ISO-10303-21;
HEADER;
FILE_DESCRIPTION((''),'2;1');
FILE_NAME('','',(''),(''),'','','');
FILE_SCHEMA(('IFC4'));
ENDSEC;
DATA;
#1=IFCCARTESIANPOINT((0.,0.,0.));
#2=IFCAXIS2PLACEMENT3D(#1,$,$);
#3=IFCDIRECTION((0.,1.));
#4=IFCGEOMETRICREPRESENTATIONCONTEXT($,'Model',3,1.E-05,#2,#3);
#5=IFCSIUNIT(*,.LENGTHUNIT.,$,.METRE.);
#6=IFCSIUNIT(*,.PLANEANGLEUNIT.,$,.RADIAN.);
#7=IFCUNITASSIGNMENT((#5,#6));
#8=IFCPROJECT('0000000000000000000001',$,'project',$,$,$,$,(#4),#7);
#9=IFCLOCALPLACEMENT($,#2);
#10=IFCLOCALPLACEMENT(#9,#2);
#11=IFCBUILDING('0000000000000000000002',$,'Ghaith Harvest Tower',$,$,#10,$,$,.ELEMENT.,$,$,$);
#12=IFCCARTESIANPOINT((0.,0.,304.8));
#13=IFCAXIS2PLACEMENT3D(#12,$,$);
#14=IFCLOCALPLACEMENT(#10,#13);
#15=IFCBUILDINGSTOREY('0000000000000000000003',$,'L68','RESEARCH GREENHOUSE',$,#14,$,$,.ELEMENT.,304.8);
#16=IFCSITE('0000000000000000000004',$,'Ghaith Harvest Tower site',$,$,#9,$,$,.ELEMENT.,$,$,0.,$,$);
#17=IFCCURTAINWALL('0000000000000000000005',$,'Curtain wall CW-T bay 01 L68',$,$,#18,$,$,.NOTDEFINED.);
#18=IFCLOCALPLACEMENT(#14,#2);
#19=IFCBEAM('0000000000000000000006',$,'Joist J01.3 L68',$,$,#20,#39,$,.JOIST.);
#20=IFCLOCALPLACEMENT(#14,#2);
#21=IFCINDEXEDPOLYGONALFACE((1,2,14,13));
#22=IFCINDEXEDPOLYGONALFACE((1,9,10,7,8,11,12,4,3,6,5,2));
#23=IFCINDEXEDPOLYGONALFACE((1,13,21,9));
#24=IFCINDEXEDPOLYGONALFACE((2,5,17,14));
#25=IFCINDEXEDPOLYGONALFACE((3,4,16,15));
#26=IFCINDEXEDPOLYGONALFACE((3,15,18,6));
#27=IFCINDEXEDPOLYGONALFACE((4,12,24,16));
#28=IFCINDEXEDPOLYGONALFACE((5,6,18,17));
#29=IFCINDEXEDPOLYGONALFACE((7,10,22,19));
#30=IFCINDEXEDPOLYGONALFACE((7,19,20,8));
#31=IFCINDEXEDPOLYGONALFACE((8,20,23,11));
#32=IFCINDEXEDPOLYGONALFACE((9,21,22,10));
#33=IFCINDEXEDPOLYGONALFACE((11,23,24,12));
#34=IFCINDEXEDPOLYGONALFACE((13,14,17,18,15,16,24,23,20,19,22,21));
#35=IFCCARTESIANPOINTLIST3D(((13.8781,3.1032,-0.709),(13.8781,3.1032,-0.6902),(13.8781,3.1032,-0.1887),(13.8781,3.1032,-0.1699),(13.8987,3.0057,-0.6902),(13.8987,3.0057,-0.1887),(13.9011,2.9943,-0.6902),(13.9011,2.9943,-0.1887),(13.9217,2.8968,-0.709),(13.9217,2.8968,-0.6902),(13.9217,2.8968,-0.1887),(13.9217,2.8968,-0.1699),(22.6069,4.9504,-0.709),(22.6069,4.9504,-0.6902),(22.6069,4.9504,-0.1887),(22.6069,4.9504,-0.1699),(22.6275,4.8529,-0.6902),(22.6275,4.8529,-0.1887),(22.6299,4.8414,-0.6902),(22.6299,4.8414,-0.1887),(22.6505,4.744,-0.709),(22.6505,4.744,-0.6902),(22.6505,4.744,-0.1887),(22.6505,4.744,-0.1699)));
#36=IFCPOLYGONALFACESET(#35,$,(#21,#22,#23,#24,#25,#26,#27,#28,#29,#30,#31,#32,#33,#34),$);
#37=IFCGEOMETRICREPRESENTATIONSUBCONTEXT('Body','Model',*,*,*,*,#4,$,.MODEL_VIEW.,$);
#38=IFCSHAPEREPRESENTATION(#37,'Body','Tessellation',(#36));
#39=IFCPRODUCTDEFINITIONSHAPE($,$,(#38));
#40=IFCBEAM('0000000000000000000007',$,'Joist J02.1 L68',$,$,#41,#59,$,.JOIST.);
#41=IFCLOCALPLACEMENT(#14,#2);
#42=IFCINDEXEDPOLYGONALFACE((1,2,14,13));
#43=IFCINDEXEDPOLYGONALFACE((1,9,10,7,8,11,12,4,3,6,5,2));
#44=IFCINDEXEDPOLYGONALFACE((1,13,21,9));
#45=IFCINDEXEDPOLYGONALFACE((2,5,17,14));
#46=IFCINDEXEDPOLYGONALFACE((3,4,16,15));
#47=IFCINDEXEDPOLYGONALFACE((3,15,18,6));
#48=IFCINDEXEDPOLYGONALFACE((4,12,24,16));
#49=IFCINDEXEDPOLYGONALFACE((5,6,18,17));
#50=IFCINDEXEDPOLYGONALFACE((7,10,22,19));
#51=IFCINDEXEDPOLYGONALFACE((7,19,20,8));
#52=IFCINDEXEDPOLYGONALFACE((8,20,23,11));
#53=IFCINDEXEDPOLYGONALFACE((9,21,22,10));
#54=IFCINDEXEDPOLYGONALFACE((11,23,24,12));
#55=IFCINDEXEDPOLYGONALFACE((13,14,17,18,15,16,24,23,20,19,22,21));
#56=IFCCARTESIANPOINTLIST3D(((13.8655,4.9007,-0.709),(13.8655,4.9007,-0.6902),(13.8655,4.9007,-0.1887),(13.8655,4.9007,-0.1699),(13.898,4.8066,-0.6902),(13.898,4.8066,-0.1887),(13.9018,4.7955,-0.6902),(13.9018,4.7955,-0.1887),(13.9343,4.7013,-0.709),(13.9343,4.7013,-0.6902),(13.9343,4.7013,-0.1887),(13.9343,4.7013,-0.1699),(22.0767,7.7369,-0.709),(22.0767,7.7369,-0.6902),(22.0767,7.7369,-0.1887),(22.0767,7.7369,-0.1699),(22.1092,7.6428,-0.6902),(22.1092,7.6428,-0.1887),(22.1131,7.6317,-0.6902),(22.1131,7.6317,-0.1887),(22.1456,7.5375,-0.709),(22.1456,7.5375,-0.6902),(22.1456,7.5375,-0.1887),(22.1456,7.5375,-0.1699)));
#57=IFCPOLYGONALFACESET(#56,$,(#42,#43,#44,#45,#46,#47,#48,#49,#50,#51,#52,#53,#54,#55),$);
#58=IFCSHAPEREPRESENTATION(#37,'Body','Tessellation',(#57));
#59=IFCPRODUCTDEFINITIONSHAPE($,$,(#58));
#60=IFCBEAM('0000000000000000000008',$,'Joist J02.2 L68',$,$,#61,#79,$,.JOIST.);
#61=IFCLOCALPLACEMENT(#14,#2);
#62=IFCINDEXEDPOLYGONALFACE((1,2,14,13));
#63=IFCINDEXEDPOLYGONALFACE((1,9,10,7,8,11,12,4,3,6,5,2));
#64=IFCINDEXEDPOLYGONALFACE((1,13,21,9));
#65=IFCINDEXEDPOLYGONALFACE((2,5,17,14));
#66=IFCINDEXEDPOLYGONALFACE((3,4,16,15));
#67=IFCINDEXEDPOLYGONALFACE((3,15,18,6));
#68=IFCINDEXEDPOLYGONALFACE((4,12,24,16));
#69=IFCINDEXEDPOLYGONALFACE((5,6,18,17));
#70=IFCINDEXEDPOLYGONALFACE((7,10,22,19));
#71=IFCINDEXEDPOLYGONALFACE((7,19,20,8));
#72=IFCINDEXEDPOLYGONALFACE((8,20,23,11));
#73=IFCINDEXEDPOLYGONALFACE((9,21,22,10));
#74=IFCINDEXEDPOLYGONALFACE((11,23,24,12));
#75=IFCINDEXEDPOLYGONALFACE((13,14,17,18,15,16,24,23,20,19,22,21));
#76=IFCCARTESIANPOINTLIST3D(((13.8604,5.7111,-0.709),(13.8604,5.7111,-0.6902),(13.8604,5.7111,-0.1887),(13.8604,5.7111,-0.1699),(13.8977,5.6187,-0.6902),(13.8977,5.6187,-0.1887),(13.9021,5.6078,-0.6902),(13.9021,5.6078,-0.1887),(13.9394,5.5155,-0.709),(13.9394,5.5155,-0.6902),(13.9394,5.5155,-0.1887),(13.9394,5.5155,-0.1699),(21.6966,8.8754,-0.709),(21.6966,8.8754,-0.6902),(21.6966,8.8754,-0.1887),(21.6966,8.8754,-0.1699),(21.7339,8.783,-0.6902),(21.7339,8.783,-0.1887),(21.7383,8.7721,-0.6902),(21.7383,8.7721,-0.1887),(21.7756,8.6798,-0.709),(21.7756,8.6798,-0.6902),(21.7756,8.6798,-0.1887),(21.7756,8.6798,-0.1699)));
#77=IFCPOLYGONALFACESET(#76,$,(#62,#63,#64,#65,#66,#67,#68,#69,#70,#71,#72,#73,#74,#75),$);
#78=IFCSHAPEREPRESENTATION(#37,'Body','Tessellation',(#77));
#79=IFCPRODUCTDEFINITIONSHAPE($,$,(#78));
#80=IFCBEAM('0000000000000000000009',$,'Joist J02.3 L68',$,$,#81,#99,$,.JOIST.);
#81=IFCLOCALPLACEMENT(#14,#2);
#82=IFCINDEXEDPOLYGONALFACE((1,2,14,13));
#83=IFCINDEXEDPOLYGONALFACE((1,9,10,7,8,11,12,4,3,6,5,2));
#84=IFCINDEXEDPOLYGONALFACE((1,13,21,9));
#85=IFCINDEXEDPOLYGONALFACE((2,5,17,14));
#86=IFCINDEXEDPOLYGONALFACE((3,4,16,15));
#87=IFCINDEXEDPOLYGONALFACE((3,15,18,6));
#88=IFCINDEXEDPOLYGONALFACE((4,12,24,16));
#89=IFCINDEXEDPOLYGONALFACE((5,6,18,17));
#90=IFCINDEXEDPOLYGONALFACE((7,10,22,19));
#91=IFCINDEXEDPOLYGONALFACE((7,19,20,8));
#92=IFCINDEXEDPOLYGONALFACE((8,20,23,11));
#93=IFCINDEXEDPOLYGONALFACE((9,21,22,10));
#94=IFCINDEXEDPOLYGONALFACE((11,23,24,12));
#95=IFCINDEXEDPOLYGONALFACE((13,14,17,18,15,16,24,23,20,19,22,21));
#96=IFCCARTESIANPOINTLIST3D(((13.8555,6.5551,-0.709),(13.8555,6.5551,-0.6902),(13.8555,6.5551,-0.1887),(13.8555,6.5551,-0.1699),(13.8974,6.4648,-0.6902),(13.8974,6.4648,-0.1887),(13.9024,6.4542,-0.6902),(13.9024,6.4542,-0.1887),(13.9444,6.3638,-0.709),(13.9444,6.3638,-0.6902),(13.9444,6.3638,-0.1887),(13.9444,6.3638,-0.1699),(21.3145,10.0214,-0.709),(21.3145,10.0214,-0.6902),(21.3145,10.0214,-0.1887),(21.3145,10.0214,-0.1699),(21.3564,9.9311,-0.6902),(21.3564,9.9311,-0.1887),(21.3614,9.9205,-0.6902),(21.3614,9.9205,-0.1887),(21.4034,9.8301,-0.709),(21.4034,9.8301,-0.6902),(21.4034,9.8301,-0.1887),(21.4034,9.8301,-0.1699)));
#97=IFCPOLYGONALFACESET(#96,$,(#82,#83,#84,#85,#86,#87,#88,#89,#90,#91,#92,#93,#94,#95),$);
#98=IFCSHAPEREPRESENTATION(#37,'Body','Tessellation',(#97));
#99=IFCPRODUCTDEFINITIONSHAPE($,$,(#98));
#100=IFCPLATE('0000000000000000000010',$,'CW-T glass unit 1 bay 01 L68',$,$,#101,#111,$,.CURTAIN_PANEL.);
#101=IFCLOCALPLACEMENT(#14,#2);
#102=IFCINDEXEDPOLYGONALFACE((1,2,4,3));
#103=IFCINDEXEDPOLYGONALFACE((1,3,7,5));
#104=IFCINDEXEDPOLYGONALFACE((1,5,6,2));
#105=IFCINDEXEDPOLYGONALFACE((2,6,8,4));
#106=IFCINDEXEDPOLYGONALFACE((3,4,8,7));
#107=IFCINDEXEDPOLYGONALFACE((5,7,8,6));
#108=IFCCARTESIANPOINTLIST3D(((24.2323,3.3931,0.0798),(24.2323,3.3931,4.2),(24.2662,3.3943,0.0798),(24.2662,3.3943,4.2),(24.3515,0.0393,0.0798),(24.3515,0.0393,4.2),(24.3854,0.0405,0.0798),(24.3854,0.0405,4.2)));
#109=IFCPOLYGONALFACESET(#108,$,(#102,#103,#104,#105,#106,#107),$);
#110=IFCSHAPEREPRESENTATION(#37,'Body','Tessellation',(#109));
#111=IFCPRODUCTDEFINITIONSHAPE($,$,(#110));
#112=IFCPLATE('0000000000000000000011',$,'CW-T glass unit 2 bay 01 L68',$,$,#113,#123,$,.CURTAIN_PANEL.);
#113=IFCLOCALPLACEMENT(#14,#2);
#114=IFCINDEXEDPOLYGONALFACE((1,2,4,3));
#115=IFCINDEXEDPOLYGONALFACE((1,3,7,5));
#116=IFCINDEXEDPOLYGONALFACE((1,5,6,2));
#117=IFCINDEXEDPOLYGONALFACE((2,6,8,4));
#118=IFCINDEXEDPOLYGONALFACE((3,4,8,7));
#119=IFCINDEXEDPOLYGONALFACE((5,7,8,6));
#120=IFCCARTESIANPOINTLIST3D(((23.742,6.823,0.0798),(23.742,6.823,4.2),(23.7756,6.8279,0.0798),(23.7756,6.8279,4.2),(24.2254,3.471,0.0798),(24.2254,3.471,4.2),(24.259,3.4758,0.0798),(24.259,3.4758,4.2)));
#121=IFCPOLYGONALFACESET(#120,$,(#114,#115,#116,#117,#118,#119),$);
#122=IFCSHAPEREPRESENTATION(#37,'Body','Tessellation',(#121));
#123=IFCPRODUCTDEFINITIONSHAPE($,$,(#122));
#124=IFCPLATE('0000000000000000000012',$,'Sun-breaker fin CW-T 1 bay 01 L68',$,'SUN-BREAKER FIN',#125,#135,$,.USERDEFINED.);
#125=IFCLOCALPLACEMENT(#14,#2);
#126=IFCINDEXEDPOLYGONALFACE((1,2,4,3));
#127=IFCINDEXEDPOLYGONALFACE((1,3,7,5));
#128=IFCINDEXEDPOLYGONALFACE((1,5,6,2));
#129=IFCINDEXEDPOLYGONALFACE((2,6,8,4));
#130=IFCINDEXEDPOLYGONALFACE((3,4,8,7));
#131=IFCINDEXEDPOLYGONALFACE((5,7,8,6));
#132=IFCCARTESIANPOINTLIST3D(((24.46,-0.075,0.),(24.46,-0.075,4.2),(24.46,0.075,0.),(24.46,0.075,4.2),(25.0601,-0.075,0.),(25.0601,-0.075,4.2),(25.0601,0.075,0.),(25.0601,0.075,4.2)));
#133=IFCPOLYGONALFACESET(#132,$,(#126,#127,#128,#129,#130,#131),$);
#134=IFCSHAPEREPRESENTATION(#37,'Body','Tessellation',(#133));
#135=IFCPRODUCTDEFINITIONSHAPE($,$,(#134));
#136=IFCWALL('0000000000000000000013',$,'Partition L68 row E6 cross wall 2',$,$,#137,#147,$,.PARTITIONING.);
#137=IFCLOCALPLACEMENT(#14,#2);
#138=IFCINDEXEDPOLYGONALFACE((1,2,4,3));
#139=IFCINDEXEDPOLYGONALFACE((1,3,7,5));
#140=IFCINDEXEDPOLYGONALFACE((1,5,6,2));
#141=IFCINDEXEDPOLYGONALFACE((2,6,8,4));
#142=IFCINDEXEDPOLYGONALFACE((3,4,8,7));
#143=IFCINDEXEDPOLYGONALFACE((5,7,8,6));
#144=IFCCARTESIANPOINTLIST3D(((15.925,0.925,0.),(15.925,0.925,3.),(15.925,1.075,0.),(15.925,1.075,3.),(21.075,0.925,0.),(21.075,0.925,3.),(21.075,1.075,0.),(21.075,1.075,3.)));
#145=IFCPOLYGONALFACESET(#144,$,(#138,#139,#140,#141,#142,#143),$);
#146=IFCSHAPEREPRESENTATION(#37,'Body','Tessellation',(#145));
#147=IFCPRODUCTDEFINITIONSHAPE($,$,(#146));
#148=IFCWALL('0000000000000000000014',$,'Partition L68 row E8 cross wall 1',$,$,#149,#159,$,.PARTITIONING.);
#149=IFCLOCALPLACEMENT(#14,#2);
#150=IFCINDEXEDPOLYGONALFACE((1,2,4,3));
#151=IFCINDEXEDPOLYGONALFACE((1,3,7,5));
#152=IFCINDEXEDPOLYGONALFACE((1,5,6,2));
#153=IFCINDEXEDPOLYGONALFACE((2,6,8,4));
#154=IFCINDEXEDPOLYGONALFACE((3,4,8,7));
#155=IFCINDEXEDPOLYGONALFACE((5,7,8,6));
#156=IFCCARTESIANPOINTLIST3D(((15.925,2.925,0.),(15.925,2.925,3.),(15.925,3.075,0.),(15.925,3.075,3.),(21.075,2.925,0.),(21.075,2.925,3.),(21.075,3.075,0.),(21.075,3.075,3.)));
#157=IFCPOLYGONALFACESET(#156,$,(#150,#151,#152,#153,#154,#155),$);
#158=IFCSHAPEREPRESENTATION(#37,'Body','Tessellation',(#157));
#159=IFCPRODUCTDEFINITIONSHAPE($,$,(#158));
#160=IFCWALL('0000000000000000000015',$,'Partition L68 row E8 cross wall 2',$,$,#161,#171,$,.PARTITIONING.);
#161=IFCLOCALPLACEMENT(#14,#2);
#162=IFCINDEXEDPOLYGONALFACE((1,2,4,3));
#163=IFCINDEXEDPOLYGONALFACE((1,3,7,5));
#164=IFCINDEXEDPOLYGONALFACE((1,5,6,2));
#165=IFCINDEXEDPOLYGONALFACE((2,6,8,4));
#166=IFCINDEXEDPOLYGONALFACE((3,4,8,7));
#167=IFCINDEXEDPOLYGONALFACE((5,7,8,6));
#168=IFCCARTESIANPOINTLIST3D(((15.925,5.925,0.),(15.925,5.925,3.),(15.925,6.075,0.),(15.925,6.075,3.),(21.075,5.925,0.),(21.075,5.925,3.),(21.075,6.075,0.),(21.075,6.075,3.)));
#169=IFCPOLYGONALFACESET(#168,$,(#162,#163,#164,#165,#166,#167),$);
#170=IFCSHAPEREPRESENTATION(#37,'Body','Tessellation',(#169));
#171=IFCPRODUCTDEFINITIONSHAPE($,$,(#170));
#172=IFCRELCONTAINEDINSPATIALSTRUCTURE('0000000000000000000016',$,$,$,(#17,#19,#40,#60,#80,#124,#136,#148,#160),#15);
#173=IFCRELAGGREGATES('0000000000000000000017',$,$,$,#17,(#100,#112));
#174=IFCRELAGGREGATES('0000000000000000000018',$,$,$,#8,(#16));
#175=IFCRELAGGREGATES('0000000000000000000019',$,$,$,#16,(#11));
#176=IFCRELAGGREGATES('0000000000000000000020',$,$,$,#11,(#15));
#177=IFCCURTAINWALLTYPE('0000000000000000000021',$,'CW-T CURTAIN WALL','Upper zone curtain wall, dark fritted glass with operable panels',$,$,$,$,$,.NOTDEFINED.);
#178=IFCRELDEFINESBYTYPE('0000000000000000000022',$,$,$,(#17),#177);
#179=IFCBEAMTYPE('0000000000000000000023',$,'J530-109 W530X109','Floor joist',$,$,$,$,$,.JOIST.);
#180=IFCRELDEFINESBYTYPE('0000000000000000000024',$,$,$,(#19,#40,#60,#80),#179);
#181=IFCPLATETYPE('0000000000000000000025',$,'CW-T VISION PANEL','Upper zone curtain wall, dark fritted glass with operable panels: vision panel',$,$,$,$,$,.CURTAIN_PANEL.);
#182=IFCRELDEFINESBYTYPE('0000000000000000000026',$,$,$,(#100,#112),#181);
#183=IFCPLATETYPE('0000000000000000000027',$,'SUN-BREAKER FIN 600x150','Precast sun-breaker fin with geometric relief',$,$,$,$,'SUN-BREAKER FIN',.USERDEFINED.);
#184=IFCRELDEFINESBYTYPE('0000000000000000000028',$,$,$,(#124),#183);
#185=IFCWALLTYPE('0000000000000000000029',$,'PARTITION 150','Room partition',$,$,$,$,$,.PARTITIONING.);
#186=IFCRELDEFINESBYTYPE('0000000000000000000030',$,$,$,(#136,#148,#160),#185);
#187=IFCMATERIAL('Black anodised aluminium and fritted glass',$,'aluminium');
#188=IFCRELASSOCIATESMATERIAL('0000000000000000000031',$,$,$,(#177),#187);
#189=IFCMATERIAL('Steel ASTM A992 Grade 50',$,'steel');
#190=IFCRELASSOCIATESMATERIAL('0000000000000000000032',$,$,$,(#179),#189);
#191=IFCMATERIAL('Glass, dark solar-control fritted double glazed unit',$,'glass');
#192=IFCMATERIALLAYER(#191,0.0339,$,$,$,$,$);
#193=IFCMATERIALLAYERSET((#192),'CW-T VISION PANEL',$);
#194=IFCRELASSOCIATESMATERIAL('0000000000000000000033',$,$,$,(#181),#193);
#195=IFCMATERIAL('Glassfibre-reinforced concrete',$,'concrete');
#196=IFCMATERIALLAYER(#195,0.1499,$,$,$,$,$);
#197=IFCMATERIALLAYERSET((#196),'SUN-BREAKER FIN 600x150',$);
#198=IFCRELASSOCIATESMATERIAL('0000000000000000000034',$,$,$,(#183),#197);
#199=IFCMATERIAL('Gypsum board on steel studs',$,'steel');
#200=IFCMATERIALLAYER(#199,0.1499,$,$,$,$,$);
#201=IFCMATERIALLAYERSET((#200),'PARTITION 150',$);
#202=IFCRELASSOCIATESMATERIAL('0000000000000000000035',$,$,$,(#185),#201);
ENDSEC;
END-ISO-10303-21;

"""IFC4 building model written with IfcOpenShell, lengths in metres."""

from ifc_helpers import new_model, si_unit, direction, frame, frame_2d, origin, origin_2d, place, context, subcontext, project, spatial, rectangle, i_section, extrude, material, layer, layer_set, material_profile, profile_set, type_object, element, aggregate, save


model = new_model("IFC4")

# Units and contexts
model_context = context("Model", 3, precision=1e-05, world=origin(), true_north=direction((0.0, 1.0)))
body_context = subcontext(model_context, "Body", "Model", "MODEL_VIEW")
ifc_project = project(units=[si_unit("LENGTHUNIT", "METRE"), si_unit("PLANEANGLEUNIT", "RADIAN")], contexts=[model_context])

# Site, building, storey
site_placement = place(None, origin())
site = spatial("IfcSite", under=ifc_project, at=site_placement, Name="Ghaith Harvest Tower site", CompositionType="ELEMENT", RefElevation=0.0)
building_placement = place(site_placement, origin())
building = spatial("IfcBuilding", under=site, at=building_placement, Name="Ghaith Harvest Tower", CompositionType="ELEMENT")
storey_placement = place(building_placement, frame((0.0, 0.0, 304.8)))
storey = spatial("IfcBuildingStorey", under=building, at=storey_placement, Name="L68", Description="RESEARCH GREENHOUSE", CompositionType="ELEMENT", Elevation=304.8)

# Curtain wall
ifc_material_1 = material(Name="Black anodised aluminium and fritted glass", Category="aluminium")
curtain_wall_type = type_object("IfcCurtainWallType", Name="CW-T CURTAIN WALL", Description="Upper zone curtain wall, dark fritted glass with operable panels", PredefinedType="NOTDEFINED", material=ifc_material_1)
curtain_wall_placement = place(storey_placement, origin())
curtain_wall = element("IfcCurtainWall", 1, at=curtain_wall_placement, inside=storey, type_object=curtain_wall_type, Name="Curtain wall CW-T bay 01 L68", PredefinedType="NOTDEFINED")

# Beams
ifc_material_2 = material(Name="Steel ASTM A992 Grade 50", Category="steel")
ifc_material_profile_1 = material_profile(ifc_material_2, i_section(OverallWidth=0.2109, OverallDepth=0.5391, WebThickness=0.0117, FlangeThickness=0.0188, at=origin_2d()), Name="W530X109")
ifc_profile_set_1 = profile_set([ifc_material_profile_1], Name="Steel ASTM A992 Grade 50")
beam_type_1 = type_object("IfcBeamType", Name="J530-109 W530X109", Description="Floor joist", PredefinedType="JOIST", material=ifc_profile_set_1)
beam_1_placement = place(storey_placement, frame((13.8999, 3.0, -0.4395), z_axis=(0.978334, 0.207034, 0.0), x_axis=(-0.207034, 0.978334, 0.0)))
element("IfcBeam", 2, at=beam_1_placement, inside=storey, type_object=beam_type_1, Name="Joist J01.3 L68", PredefinedType="JOIST", context=body_context, shape_type="SweptSolid", body=[
    extrude(i_section(OverallWidth=0.2109, OverallDepth=0.5391, WebThickness=0.0117, FlangeThickness=0.0188, at=origin_2d()), origin(), (0.0, 0.0, 1.0), 8.9221),
])
beam_2_placement = place(storey_placement, frame((13.8999, 4.801, -0.4395), z_axis=(0.945205, 0.326478, 0.0), x_axis=(-0.326478, 0.945205, 0.0)))
element("IfcBeam", 3, at=beam_2_placement, inside=storey, type_object=beam_type_1, Name="Joist J02.1 L68", PredefinedType="JOIST", context=body_context, shape_type="SweptSolid", body=[
    extrude(i_section(OverallWidth=0.2109, OverallDepth=0.5391, WebThickness=0.0117, FlangeThickness=0.0188, at=origin_2d()), origin(), (0.0, 0.0, 1.0), 8.6873),
])
beam_3_placement = place(storey_placement, frame((13.8999, 5.6133, -0.4395), z_axis=(0.927254, 0.374432, 0.0), x_axis=(-0.374432, 0.927254, 0.0)))
element("IfcBeam", 4, at=beam_3_placement, inside=storey, type_object=beam_type_1, Name="Joist J02.2 L68", PredefinedType="JOIST", context=body_context, shape_type="SweptSolid", body=[
    extrude(i_section(OverallWidth=0.2109, OverallDepth=0.5391, WebThickness=0.0117, FlangeThickness=0.0188, at=origin_2d()), origin(), (0.0, 0.0, 1.0), 8.4509),
])
beam_4_placement = place(storey_placement, frame((13.8999, 6.4595, -0.4395), z_axis=(0.90686, 0.421432, 0.0), x_axis=(-0.421432, 0.90686, 0.0)))
element("IfcBeam", 5, at=beam_4_placement, inside=storey, type_object=beam_type_1, Name="Joist J02.3 L68", PredefinedType="JOIST", context=body_context, shape_type="SweptSolid", body=[
    extrude(i_section(OverallWidth=0.2109, OverallDepth=0.5391, WebThickness=0.0117, FlangeThickness=0.0188, at=origin_2d()), origin(), (0.0, 0.0, 1.0), 8.2251),
])

# Plates
ifc_material_3 = material(Name="Glass, dark solar-control fritted double glazed unit", Category="glass")
ifc_layer_1 = layer(ifc_material_3, 0.0339)
ifc_layer_set_1 = layer_set([ifc_layer_1], Name="CW-T VISION PANEL")
plate_type_1 = type_object("IfcPlateType", Name="CW-T VISION PANEL", Description="Upper zone curtain wall, dark fritted glass with operable panels: vision panel", PredefinedType="CURTAIN_PANEL", material=ifc_layer_set_1)
plate_1_placement = place(storey_placement, frame((24.3088, 1.7168, 0.0798), z_axis=(0.0, 0.0, 1.0), x_axis=(-0.035536, 0.999368, 0.0)))
plate_1 = element("IfcPlate", 6, at=plate_1_placement, type_object=plate_type_1, Name="CW-T glass unit 1 bay 01 L68", PredefinedType="CURTAIN_PANEL", context=body_context, shape_type="SweptSolid", body=[
    extrude(rectangle(XDim=3.356, YDim=0.0339, at=origin_2d()), origin(), (0.0, 0.0, 1.0), 4.1201),
])
plate_2_placement = place(storey_placement, frame((24.0005, 5.1494, 0.0798), z_axis=(0.0, 0.0, 1.0), x_axis=(-0.14273, 0.989762, 0.0)))
plate_2 = element("IfcPlate", 7, at=plate_2_placement, type_object=plate_type_1, Name="CW-T glass unit 2 bay 01 L68", PredefinedType="CURTAIN_PANEL", context=body_context, shape_type="SweptSolid", body=[
    extrude(rectangle(XDim=3.3867, YDim=0.0339, at=origin_2d()), origin(), (0.0, 0.0, 1.0), 4.1201),
])
aggregate(curtain_wall, [plate_1, plate_2])
ifc_material_4 = material(Name="Glassfibre-reinforced concrete", Category="concrete")
ifc_layer_2 = layer(ifc_material_4, 0.1499)
ifc_layer_set_2 = layer_set([ifc_layer_2], Name="SUN-BREAKER FIN 600x150")
plate_type_2 = type_object("IfcPlateType", Name="SUN-BREAKER FIN 600x150", Description="Precast sun-breaker fin with geometric relief", ElementType="SUN-BREAKER FIN", PredefinedType="USERDEFINED", material=ifc_layer_set_2)
plate_3_placement = place(storey_placement, frame((24.76, 0.0, 0.0), z_axis=(0.0, 0.0, 1.0), x_axis=(1.0, 0.0, 0.0)))
element("IfcPlate", 8, at=plate_3_placement, inside=storey, type_object=plate_type_2, Name="Sun-breaker fin CW-T 1 bay 01 L68", ObjectType="SUN-BREAKER FIN", PredefinedType="USERDEFINED", context=body_context, shape_type="SweptSolid", body=[
    extrude(rectangle(XDim=0.6001, YDim=0.1499, at=origin_2d()), origin(), (0.0, 0.0, 1.0), 4.2),
])

# Walls
ifc_material_5 = material(Name="Gypsum board on steel studs", Category="steel")
ifc_layer_3 = layer(ifc_material_5, 0.1499)
ifc_layer_set_3 = layer_set([ifc_layer_3], Name="PARTITION 150")
wall_type = type_object("IfcWallType", Name="PARTITION 150", Description="Room partition", PredefinedType="PARTITIONING", material=ifc_layer_set_3)
for number, where, z_axis, x_axis, name in (
    (9, (15.925, 1.0, 0.0), (0.0, 0.0, 1.0), (1.0, 0.0, 0.0), "Partition L68 row E6 cross wall 2"),
    (10, (15.925, 3.0, 0.0), (0.0, 0.0, 1.0), (1.0, 0.0, 0.0), "Partition L68 row E8 cross wall 1"),
    (11, (15.925, 6.0, 0.0), (0.0, 0.0, 1.0), (1.0, 0.0, 0.0), "Partition L68 row E8 cross wall 2"),
):
    element("IfcWall", number, at=place(storey_placement, frame(where, z_axis=z_axis, x_axis=x_axis)), inside=storey, type_object=wall_type, Name=name, PredefinedType="PARTITIONING", context=body_context, shape_type="SweptSolid", body=[
        extrude(rectangle(XDim=5.1499, YDim=0.1499, at=frame_2d((2.575, 0.0))), origin(), (0.0, 0.0, 1.0), 3.0),
    ])

save(model, "model.ifc")
